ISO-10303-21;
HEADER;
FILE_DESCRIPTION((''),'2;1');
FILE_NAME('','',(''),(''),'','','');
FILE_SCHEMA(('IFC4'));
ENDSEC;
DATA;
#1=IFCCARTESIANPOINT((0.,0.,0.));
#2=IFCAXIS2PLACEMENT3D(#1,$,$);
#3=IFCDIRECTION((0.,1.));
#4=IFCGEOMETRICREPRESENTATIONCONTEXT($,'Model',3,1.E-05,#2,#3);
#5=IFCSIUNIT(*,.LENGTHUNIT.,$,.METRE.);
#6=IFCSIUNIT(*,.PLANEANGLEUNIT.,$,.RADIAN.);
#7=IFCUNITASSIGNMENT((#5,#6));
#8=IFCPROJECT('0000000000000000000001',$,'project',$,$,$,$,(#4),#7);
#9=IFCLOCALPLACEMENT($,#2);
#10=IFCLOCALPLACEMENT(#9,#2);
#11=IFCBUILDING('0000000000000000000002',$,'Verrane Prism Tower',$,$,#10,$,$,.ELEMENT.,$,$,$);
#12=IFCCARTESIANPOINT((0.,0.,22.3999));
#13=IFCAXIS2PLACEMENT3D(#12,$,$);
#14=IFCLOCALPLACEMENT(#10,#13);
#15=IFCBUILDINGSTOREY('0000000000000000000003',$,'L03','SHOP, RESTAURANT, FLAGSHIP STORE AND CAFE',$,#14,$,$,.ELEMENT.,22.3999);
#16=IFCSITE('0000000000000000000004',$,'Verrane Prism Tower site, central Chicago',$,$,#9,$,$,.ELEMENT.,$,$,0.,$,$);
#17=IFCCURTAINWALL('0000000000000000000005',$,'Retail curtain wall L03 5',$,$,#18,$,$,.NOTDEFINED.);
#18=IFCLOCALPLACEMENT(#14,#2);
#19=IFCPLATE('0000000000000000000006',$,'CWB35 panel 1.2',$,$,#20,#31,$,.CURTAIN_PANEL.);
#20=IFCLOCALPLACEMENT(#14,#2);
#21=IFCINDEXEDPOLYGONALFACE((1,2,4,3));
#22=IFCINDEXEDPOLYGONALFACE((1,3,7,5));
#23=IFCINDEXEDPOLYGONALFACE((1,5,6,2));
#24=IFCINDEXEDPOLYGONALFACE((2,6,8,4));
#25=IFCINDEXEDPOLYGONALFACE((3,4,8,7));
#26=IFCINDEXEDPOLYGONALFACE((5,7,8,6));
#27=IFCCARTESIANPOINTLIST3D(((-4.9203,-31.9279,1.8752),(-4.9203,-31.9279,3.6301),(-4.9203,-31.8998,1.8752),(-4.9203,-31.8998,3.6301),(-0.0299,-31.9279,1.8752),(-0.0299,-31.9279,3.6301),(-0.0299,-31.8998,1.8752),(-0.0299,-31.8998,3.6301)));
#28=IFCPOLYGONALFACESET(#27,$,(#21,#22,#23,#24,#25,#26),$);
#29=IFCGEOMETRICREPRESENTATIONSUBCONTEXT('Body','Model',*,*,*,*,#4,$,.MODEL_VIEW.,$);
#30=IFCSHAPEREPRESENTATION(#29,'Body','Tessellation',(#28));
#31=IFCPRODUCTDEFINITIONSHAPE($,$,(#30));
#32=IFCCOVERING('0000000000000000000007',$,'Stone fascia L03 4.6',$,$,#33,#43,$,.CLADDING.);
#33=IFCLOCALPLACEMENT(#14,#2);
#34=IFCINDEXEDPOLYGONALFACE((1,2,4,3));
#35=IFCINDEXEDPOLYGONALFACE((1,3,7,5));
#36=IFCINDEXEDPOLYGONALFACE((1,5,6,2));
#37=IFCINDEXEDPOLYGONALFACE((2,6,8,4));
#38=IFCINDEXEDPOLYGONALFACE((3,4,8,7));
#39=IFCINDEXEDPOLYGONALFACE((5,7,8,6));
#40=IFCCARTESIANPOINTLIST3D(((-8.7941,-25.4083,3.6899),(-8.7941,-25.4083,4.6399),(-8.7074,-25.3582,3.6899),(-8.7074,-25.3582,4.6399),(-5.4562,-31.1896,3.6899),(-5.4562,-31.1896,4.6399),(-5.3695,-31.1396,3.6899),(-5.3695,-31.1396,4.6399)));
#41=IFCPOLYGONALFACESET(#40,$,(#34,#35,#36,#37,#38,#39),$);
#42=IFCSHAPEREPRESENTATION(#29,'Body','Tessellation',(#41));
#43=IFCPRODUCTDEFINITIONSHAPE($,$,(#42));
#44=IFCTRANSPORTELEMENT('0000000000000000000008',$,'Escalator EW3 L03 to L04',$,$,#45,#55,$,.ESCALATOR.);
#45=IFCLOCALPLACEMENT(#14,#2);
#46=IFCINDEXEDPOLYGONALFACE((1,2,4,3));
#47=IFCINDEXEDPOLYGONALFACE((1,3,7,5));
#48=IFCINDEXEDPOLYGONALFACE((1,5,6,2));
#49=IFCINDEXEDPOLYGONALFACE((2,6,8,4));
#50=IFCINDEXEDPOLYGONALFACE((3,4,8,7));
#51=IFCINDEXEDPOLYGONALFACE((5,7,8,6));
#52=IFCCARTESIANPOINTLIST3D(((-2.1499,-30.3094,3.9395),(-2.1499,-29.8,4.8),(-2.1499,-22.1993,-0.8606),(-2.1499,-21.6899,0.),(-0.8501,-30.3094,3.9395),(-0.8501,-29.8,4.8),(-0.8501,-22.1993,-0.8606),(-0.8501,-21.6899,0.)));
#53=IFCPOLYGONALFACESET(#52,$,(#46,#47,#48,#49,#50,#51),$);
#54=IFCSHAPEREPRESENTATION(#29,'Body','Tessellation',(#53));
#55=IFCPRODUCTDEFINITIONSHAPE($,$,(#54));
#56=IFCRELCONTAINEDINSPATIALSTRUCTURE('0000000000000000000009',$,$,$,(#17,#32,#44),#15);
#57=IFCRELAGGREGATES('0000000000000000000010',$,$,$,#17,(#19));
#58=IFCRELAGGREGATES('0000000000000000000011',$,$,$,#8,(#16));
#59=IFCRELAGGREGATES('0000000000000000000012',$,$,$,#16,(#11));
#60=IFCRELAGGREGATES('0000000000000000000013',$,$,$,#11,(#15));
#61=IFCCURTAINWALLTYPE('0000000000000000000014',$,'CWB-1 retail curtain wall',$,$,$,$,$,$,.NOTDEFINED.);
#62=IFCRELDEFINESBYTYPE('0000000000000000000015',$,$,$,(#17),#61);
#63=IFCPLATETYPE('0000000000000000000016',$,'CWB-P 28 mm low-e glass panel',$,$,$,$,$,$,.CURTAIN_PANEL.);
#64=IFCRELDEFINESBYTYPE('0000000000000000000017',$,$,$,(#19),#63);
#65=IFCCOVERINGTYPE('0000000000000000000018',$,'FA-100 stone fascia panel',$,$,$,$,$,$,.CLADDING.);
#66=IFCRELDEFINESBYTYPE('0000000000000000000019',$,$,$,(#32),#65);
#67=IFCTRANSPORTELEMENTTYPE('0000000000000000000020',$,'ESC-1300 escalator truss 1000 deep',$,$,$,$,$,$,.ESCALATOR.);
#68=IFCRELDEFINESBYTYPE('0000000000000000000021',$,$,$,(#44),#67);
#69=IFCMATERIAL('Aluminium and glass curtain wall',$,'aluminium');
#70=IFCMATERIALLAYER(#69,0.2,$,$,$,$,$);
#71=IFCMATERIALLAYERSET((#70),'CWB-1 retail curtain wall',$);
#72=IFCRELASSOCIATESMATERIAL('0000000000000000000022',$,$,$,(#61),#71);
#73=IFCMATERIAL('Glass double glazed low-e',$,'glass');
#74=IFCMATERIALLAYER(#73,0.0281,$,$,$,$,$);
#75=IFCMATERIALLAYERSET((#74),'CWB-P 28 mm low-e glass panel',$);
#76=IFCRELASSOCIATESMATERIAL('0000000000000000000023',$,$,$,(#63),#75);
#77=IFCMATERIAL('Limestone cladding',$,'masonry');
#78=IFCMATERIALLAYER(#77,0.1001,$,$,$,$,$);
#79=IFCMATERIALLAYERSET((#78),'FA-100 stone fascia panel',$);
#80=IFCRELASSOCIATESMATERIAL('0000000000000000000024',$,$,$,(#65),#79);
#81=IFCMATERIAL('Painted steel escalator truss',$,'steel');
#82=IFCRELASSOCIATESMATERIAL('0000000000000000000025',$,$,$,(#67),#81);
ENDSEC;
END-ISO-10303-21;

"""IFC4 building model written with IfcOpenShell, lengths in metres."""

from ifc_helpers import new_model, si_unit, direction, frame, origin, origin_2d, place, context, subcontext, project, spatial, polyline, rectangle, outline, extrude, material, layer, layer_set, type_object, element, aggregate, save


model = new_model("IFC4")

# Units and contexts
model_context = context("Model", 3, precision=1e-05, world=origin(), true_north=direction((0.0, 1.0)))
body_context = subcontext(model_context, "Body", "Model", "MODEL_VIEW")
ifc_project = project(units=[si_unit("LENGTHUNIT", "METRE"), si_unit("PLANEANGLEUNIT", "RADIAN")], contexts=[model_context])

# Site, building, storey
site_placement = place(None, origin())
site = spatial("IfcSite", under=ifc_project, at=site_placement, Name="Verrane Prism Tower site, central Chicago", CompositionType="ELEMENT", RefElevation=0.0)
building_placement = place(site_placement, origin())
building = spatial("IfcBuilding", under=site, at=building_placement, Name="Verrane Prism Tower", CompositionType="ELEMENT")
storey_placement = place(building_placement, frame((0.0, 0.0, 22.3999)))
storey = spatial("IfcBuildingStorey", under=building, at=storey_placement, Name="L03", Description="SHOP, RESTAURANT, FLAGSHIP STORE AND CAFE", CompositionType="ELEMENT", Elevation=22.3999)

# Shared definitions
ifc_material_1 = material(Name="Aluminium and glass curtain wall", Category="aluminium")
ifc_layer_1 = layer(ifc_material_1, 0.2)
ifc_layer_set_1 = layer_set([ifc_layer_1], Name="CWB-1 retail curtain wall")
curtain_wall_type = type_object("IfcCurtainWallType", Name="CWB-1 retail curtain wall", PredefinedType="NOTDEFINED", material=ifc_layer_set_1)

# Curtain wall
curtain_wall_1_placement = place(storey_placement, origin())
curtain_wall_1 = element("IfcCurtainWall", 1, at=curtain_wall_1_placement, inside=storey, type_object=curtain_wall_type, Name="Retail curtain wall L03 5", PredefinedType="NOTDEFINED")

# Plate
ifc_material_2 = material(Name="Glass double glazed low-e", Category="glass")
ifc_layer_2 = layer(ifc_material_2, 0.0281)
ifc_layer_set_2 = layer_set([ifc_layer_2], Name="CWB-P 28 mm low-e glass panel")
plate_type = type_object("IfcPlateType", Name="CWB-P 28 mm low-e glass panel", PredefinedType="CURTAIN_PANEL", material=ifc_layer_set_2)
plate_1_placement = place(storey_placement, frame((-2.4751, -31.9138, 1.8752), z_axis=(0.0, 0.0, 1.0), x_axis=(1.0, 0.0, 0.0)))
plate_1 = element("IfcPlate", 2, at=plate_1_placement, type_object=plate_type, Name="CWB35 panel 1.2", PredefinedType="CURTAIN_PANEL", context=body_context, shape_type="SweptSolid", body=[
    extrude(rectangle(XDim=4.8904, YDim=0.0281, at=origin_2d()), origin(), (0.0, 0.0, 1.0), 1.7549),
])
aggregate(curtain_wall_1, [plate_1])

# Covering
ifc_material_3 = material(Name="Limestone cladding", Category="masonry")
ifc_layer_3 = layer(ifc_material_3, 0.1001)
ifc_layer_set_3 = layer_set([ifc_layer_3], Name="FA-100 stone fascia panel")
covering_type = type_object("IfcCoveringType", Name="FA-100 stone fascia panel", PredefinedType="CLADDING", material=ifc_layer_set_3)
covering_placement = place(storey_placement, frame((-7.0818, -28.2739, 3.6899), z_axis=(0.0, 0.0, 1.0), x_axis=(0.5, -0.866025, 0.0)))
element("IfcCovering", 3, at=covering_placement, inside=storey, type_object=covering_type, Name="Stone fascia L03 4.6", PredefinedType="CLADDING", context=body_context, shape_type="SweptSolid", body=[
    extrude(rectangle(XDim=6.6758, YDim=0.1001, at=origin_2d()), origin(), (0.0, 0.0, 1.0), 0.95),
])

# Transport element
ifc_material_4 = material(Name="Painted steel escalator truss", Category="steel")
transport_element_type = type_object("IfcTransportElementType", Name="ESC-1300 escalator truss 1000 deep", PredefinedType="ESCALATOR", material=ifc_material_4)
transport_element_placement = place(storey_placement, frame((-2.1499, -21.6899, 0.0), z_axis=(0.0, 0.509336, 0.860568), x_axis=(0.0, -0.860568, 0.509336)))
element("IfcTransportElement", 4, at=transport_element_placement, inside=storey, type_object=transport_element_type, Name="Escalator EW3 L03 to L04", PredefinedType="ESCALATOR", context=body_context, shape_type="SweptSolid", body=[
    extrude(outline(polyline([(0.0, 0.0), (9.4241, 0.0), (9.4241, 1.2998), (0.0, 1.2998), (0.0, 0.0)])), origin(), (0.0, 0.0, -1.0), 1.0),
])

save(model, "model.ifc")
